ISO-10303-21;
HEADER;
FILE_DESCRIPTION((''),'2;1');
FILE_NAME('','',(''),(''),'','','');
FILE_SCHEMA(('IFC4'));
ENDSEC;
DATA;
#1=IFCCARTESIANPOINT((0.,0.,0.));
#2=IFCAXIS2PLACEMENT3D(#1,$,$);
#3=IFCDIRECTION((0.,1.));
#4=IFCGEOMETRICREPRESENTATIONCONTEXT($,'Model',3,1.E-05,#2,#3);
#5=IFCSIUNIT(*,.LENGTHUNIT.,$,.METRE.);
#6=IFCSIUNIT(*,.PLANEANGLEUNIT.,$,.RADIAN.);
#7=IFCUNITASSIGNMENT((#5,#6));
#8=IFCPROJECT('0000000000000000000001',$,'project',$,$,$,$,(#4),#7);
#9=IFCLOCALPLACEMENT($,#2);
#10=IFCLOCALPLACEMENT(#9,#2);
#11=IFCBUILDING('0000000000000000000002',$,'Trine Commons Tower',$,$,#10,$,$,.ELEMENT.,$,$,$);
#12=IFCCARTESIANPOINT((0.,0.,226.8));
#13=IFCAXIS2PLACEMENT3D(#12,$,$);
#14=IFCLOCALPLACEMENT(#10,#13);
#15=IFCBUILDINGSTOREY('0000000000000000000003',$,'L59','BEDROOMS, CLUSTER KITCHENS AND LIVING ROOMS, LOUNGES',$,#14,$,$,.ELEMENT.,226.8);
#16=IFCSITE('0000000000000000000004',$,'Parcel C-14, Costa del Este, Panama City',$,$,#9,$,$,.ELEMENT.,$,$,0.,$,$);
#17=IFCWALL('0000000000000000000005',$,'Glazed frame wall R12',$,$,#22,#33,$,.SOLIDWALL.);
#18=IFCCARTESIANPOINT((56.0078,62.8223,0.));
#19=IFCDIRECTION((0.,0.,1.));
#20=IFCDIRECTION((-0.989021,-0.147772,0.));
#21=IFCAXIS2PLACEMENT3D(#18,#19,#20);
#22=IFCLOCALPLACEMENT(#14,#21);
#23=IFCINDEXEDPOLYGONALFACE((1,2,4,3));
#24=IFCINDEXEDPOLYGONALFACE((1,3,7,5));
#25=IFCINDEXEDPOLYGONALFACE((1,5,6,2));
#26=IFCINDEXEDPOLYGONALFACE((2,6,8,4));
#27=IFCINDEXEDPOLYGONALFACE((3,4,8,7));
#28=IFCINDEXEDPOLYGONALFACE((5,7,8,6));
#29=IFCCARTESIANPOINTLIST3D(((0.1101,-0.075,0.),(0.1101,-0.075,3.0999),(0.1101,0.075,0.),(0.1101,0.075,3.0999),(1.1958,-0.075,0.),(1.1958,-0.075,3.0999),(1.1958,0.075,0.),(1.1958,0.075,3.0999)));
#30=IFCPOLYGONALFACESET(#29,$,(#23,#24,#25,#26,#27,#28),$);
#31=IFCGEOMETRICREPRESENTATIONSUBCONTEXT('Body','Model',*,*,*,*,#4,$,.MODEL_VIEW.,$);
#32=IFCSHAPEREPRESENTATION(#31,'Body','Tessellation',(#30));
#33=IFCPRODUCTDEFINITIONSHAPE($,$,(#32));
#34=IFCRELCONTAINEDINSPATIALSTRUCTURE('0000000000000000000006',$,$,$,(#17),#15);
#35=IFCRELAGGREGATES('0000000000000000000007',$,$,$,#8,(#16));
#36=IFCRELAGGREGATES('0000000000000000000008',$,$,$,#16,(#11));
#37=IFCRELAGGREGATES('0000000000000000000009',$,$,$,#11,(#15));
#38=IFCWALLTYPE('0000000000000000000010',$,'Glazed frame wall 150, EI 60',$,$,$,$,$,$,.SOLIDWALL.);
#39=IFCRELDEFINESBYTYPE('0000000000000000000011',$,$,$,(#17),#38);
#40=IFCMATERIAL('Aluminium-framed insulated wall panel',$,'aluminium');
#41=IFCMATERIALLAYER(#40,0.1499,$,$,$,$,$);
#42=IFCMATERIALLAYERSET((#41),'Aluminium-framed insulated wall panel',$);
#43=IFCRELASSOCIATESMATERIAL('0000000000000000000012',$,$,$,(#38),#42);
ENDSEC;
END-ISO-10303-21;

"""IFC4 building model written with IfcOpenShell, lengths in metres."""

from ifc_helpers import new_model, si_unit, direction, frame, origin, place, context, subcontext, project, spatial, polyline, outline, extrude, material, layer, layer_set, type_object, element, save


model = new_model("IFC4")

# Units and contexts
model_context = context("Model", 3, precision=1e-05, world=origin(), true_north=direction((0.0, 1.0)))
body_context = subcontext(model_context, "Body", "Model", "MODEL_VIEW")
ifc_project = project(units=[si_unit("LENGTHUNIT", "METRE"), si_unit("PLANEANGLEUNIT", "RADIAN")], contexts=[model_context])

# Site, building, storey
site_placement = place(None, origin())
site = spatial("IfcSite", under=ifc_project, at=site_placement, Name="Parcel C-14, Costa del Este, Panama City", CompositionType="ELEMENT", RefElevation=0.0)
building_placement = place(site_placement, origin())
building = spatial("IfcBuilding", under=site, at=building_placement, Name="Trine Commons Tower", CompositionType="ELEMENT")
storey_placement = place(building_placement, frame((0.0, 0.0, 226.8)))
storey = spatial("IfcBuildingStorey", under=building, at=storey_placement, Name="L59", Description="BEDROOMS, CLUSTER KITCHENS AND LIVING ROOMS, LOUNGES", CompositionType="ELEMENT", Elevation=226.8)

# Shared definitions
ifc_material_1 = material(Name="Aluminium-framed insulated wall panel", Category="aluminium")
ifc_layer_1 = layer(ifc_material_1, 0.1499)
ifc_layer_set_1 = layer_set([ifc_layer_1], Name="Aluminium-framed insulated wall panel")
wall_type_1 = type_object("IfcWallType", Name="Glazed frame wall 150, EI 60", PredefinedType="SOLIDWALL", material=ifc_layer_set_1)

# Wall
wall_1_placement = place(storey_placement, frame((56.0078, 62.8223, 0.0), z_axis=(0.0, 0.0, 1.0), x_axis=(-0.989021, -0.147772, 0.0)))
element("IfcWall", 1, at=wall_1_placement, inside=storey, type_object=wall_type_1, Name="Glazed frame wall R12", PredefinedType="SOLIDWALL", context=body_context, shape_type="SweptSolid", body=[
    extrude(outline(polyline([(0.1101, 0.075), (0.1101, -0.075), (1.1958, -0.075), (1.1958, 0.075), (0.1101, 0.075)])), origin(), (0.0, 0.0, 1.0), 3.0999),
])

save(model, "model.ifc")
